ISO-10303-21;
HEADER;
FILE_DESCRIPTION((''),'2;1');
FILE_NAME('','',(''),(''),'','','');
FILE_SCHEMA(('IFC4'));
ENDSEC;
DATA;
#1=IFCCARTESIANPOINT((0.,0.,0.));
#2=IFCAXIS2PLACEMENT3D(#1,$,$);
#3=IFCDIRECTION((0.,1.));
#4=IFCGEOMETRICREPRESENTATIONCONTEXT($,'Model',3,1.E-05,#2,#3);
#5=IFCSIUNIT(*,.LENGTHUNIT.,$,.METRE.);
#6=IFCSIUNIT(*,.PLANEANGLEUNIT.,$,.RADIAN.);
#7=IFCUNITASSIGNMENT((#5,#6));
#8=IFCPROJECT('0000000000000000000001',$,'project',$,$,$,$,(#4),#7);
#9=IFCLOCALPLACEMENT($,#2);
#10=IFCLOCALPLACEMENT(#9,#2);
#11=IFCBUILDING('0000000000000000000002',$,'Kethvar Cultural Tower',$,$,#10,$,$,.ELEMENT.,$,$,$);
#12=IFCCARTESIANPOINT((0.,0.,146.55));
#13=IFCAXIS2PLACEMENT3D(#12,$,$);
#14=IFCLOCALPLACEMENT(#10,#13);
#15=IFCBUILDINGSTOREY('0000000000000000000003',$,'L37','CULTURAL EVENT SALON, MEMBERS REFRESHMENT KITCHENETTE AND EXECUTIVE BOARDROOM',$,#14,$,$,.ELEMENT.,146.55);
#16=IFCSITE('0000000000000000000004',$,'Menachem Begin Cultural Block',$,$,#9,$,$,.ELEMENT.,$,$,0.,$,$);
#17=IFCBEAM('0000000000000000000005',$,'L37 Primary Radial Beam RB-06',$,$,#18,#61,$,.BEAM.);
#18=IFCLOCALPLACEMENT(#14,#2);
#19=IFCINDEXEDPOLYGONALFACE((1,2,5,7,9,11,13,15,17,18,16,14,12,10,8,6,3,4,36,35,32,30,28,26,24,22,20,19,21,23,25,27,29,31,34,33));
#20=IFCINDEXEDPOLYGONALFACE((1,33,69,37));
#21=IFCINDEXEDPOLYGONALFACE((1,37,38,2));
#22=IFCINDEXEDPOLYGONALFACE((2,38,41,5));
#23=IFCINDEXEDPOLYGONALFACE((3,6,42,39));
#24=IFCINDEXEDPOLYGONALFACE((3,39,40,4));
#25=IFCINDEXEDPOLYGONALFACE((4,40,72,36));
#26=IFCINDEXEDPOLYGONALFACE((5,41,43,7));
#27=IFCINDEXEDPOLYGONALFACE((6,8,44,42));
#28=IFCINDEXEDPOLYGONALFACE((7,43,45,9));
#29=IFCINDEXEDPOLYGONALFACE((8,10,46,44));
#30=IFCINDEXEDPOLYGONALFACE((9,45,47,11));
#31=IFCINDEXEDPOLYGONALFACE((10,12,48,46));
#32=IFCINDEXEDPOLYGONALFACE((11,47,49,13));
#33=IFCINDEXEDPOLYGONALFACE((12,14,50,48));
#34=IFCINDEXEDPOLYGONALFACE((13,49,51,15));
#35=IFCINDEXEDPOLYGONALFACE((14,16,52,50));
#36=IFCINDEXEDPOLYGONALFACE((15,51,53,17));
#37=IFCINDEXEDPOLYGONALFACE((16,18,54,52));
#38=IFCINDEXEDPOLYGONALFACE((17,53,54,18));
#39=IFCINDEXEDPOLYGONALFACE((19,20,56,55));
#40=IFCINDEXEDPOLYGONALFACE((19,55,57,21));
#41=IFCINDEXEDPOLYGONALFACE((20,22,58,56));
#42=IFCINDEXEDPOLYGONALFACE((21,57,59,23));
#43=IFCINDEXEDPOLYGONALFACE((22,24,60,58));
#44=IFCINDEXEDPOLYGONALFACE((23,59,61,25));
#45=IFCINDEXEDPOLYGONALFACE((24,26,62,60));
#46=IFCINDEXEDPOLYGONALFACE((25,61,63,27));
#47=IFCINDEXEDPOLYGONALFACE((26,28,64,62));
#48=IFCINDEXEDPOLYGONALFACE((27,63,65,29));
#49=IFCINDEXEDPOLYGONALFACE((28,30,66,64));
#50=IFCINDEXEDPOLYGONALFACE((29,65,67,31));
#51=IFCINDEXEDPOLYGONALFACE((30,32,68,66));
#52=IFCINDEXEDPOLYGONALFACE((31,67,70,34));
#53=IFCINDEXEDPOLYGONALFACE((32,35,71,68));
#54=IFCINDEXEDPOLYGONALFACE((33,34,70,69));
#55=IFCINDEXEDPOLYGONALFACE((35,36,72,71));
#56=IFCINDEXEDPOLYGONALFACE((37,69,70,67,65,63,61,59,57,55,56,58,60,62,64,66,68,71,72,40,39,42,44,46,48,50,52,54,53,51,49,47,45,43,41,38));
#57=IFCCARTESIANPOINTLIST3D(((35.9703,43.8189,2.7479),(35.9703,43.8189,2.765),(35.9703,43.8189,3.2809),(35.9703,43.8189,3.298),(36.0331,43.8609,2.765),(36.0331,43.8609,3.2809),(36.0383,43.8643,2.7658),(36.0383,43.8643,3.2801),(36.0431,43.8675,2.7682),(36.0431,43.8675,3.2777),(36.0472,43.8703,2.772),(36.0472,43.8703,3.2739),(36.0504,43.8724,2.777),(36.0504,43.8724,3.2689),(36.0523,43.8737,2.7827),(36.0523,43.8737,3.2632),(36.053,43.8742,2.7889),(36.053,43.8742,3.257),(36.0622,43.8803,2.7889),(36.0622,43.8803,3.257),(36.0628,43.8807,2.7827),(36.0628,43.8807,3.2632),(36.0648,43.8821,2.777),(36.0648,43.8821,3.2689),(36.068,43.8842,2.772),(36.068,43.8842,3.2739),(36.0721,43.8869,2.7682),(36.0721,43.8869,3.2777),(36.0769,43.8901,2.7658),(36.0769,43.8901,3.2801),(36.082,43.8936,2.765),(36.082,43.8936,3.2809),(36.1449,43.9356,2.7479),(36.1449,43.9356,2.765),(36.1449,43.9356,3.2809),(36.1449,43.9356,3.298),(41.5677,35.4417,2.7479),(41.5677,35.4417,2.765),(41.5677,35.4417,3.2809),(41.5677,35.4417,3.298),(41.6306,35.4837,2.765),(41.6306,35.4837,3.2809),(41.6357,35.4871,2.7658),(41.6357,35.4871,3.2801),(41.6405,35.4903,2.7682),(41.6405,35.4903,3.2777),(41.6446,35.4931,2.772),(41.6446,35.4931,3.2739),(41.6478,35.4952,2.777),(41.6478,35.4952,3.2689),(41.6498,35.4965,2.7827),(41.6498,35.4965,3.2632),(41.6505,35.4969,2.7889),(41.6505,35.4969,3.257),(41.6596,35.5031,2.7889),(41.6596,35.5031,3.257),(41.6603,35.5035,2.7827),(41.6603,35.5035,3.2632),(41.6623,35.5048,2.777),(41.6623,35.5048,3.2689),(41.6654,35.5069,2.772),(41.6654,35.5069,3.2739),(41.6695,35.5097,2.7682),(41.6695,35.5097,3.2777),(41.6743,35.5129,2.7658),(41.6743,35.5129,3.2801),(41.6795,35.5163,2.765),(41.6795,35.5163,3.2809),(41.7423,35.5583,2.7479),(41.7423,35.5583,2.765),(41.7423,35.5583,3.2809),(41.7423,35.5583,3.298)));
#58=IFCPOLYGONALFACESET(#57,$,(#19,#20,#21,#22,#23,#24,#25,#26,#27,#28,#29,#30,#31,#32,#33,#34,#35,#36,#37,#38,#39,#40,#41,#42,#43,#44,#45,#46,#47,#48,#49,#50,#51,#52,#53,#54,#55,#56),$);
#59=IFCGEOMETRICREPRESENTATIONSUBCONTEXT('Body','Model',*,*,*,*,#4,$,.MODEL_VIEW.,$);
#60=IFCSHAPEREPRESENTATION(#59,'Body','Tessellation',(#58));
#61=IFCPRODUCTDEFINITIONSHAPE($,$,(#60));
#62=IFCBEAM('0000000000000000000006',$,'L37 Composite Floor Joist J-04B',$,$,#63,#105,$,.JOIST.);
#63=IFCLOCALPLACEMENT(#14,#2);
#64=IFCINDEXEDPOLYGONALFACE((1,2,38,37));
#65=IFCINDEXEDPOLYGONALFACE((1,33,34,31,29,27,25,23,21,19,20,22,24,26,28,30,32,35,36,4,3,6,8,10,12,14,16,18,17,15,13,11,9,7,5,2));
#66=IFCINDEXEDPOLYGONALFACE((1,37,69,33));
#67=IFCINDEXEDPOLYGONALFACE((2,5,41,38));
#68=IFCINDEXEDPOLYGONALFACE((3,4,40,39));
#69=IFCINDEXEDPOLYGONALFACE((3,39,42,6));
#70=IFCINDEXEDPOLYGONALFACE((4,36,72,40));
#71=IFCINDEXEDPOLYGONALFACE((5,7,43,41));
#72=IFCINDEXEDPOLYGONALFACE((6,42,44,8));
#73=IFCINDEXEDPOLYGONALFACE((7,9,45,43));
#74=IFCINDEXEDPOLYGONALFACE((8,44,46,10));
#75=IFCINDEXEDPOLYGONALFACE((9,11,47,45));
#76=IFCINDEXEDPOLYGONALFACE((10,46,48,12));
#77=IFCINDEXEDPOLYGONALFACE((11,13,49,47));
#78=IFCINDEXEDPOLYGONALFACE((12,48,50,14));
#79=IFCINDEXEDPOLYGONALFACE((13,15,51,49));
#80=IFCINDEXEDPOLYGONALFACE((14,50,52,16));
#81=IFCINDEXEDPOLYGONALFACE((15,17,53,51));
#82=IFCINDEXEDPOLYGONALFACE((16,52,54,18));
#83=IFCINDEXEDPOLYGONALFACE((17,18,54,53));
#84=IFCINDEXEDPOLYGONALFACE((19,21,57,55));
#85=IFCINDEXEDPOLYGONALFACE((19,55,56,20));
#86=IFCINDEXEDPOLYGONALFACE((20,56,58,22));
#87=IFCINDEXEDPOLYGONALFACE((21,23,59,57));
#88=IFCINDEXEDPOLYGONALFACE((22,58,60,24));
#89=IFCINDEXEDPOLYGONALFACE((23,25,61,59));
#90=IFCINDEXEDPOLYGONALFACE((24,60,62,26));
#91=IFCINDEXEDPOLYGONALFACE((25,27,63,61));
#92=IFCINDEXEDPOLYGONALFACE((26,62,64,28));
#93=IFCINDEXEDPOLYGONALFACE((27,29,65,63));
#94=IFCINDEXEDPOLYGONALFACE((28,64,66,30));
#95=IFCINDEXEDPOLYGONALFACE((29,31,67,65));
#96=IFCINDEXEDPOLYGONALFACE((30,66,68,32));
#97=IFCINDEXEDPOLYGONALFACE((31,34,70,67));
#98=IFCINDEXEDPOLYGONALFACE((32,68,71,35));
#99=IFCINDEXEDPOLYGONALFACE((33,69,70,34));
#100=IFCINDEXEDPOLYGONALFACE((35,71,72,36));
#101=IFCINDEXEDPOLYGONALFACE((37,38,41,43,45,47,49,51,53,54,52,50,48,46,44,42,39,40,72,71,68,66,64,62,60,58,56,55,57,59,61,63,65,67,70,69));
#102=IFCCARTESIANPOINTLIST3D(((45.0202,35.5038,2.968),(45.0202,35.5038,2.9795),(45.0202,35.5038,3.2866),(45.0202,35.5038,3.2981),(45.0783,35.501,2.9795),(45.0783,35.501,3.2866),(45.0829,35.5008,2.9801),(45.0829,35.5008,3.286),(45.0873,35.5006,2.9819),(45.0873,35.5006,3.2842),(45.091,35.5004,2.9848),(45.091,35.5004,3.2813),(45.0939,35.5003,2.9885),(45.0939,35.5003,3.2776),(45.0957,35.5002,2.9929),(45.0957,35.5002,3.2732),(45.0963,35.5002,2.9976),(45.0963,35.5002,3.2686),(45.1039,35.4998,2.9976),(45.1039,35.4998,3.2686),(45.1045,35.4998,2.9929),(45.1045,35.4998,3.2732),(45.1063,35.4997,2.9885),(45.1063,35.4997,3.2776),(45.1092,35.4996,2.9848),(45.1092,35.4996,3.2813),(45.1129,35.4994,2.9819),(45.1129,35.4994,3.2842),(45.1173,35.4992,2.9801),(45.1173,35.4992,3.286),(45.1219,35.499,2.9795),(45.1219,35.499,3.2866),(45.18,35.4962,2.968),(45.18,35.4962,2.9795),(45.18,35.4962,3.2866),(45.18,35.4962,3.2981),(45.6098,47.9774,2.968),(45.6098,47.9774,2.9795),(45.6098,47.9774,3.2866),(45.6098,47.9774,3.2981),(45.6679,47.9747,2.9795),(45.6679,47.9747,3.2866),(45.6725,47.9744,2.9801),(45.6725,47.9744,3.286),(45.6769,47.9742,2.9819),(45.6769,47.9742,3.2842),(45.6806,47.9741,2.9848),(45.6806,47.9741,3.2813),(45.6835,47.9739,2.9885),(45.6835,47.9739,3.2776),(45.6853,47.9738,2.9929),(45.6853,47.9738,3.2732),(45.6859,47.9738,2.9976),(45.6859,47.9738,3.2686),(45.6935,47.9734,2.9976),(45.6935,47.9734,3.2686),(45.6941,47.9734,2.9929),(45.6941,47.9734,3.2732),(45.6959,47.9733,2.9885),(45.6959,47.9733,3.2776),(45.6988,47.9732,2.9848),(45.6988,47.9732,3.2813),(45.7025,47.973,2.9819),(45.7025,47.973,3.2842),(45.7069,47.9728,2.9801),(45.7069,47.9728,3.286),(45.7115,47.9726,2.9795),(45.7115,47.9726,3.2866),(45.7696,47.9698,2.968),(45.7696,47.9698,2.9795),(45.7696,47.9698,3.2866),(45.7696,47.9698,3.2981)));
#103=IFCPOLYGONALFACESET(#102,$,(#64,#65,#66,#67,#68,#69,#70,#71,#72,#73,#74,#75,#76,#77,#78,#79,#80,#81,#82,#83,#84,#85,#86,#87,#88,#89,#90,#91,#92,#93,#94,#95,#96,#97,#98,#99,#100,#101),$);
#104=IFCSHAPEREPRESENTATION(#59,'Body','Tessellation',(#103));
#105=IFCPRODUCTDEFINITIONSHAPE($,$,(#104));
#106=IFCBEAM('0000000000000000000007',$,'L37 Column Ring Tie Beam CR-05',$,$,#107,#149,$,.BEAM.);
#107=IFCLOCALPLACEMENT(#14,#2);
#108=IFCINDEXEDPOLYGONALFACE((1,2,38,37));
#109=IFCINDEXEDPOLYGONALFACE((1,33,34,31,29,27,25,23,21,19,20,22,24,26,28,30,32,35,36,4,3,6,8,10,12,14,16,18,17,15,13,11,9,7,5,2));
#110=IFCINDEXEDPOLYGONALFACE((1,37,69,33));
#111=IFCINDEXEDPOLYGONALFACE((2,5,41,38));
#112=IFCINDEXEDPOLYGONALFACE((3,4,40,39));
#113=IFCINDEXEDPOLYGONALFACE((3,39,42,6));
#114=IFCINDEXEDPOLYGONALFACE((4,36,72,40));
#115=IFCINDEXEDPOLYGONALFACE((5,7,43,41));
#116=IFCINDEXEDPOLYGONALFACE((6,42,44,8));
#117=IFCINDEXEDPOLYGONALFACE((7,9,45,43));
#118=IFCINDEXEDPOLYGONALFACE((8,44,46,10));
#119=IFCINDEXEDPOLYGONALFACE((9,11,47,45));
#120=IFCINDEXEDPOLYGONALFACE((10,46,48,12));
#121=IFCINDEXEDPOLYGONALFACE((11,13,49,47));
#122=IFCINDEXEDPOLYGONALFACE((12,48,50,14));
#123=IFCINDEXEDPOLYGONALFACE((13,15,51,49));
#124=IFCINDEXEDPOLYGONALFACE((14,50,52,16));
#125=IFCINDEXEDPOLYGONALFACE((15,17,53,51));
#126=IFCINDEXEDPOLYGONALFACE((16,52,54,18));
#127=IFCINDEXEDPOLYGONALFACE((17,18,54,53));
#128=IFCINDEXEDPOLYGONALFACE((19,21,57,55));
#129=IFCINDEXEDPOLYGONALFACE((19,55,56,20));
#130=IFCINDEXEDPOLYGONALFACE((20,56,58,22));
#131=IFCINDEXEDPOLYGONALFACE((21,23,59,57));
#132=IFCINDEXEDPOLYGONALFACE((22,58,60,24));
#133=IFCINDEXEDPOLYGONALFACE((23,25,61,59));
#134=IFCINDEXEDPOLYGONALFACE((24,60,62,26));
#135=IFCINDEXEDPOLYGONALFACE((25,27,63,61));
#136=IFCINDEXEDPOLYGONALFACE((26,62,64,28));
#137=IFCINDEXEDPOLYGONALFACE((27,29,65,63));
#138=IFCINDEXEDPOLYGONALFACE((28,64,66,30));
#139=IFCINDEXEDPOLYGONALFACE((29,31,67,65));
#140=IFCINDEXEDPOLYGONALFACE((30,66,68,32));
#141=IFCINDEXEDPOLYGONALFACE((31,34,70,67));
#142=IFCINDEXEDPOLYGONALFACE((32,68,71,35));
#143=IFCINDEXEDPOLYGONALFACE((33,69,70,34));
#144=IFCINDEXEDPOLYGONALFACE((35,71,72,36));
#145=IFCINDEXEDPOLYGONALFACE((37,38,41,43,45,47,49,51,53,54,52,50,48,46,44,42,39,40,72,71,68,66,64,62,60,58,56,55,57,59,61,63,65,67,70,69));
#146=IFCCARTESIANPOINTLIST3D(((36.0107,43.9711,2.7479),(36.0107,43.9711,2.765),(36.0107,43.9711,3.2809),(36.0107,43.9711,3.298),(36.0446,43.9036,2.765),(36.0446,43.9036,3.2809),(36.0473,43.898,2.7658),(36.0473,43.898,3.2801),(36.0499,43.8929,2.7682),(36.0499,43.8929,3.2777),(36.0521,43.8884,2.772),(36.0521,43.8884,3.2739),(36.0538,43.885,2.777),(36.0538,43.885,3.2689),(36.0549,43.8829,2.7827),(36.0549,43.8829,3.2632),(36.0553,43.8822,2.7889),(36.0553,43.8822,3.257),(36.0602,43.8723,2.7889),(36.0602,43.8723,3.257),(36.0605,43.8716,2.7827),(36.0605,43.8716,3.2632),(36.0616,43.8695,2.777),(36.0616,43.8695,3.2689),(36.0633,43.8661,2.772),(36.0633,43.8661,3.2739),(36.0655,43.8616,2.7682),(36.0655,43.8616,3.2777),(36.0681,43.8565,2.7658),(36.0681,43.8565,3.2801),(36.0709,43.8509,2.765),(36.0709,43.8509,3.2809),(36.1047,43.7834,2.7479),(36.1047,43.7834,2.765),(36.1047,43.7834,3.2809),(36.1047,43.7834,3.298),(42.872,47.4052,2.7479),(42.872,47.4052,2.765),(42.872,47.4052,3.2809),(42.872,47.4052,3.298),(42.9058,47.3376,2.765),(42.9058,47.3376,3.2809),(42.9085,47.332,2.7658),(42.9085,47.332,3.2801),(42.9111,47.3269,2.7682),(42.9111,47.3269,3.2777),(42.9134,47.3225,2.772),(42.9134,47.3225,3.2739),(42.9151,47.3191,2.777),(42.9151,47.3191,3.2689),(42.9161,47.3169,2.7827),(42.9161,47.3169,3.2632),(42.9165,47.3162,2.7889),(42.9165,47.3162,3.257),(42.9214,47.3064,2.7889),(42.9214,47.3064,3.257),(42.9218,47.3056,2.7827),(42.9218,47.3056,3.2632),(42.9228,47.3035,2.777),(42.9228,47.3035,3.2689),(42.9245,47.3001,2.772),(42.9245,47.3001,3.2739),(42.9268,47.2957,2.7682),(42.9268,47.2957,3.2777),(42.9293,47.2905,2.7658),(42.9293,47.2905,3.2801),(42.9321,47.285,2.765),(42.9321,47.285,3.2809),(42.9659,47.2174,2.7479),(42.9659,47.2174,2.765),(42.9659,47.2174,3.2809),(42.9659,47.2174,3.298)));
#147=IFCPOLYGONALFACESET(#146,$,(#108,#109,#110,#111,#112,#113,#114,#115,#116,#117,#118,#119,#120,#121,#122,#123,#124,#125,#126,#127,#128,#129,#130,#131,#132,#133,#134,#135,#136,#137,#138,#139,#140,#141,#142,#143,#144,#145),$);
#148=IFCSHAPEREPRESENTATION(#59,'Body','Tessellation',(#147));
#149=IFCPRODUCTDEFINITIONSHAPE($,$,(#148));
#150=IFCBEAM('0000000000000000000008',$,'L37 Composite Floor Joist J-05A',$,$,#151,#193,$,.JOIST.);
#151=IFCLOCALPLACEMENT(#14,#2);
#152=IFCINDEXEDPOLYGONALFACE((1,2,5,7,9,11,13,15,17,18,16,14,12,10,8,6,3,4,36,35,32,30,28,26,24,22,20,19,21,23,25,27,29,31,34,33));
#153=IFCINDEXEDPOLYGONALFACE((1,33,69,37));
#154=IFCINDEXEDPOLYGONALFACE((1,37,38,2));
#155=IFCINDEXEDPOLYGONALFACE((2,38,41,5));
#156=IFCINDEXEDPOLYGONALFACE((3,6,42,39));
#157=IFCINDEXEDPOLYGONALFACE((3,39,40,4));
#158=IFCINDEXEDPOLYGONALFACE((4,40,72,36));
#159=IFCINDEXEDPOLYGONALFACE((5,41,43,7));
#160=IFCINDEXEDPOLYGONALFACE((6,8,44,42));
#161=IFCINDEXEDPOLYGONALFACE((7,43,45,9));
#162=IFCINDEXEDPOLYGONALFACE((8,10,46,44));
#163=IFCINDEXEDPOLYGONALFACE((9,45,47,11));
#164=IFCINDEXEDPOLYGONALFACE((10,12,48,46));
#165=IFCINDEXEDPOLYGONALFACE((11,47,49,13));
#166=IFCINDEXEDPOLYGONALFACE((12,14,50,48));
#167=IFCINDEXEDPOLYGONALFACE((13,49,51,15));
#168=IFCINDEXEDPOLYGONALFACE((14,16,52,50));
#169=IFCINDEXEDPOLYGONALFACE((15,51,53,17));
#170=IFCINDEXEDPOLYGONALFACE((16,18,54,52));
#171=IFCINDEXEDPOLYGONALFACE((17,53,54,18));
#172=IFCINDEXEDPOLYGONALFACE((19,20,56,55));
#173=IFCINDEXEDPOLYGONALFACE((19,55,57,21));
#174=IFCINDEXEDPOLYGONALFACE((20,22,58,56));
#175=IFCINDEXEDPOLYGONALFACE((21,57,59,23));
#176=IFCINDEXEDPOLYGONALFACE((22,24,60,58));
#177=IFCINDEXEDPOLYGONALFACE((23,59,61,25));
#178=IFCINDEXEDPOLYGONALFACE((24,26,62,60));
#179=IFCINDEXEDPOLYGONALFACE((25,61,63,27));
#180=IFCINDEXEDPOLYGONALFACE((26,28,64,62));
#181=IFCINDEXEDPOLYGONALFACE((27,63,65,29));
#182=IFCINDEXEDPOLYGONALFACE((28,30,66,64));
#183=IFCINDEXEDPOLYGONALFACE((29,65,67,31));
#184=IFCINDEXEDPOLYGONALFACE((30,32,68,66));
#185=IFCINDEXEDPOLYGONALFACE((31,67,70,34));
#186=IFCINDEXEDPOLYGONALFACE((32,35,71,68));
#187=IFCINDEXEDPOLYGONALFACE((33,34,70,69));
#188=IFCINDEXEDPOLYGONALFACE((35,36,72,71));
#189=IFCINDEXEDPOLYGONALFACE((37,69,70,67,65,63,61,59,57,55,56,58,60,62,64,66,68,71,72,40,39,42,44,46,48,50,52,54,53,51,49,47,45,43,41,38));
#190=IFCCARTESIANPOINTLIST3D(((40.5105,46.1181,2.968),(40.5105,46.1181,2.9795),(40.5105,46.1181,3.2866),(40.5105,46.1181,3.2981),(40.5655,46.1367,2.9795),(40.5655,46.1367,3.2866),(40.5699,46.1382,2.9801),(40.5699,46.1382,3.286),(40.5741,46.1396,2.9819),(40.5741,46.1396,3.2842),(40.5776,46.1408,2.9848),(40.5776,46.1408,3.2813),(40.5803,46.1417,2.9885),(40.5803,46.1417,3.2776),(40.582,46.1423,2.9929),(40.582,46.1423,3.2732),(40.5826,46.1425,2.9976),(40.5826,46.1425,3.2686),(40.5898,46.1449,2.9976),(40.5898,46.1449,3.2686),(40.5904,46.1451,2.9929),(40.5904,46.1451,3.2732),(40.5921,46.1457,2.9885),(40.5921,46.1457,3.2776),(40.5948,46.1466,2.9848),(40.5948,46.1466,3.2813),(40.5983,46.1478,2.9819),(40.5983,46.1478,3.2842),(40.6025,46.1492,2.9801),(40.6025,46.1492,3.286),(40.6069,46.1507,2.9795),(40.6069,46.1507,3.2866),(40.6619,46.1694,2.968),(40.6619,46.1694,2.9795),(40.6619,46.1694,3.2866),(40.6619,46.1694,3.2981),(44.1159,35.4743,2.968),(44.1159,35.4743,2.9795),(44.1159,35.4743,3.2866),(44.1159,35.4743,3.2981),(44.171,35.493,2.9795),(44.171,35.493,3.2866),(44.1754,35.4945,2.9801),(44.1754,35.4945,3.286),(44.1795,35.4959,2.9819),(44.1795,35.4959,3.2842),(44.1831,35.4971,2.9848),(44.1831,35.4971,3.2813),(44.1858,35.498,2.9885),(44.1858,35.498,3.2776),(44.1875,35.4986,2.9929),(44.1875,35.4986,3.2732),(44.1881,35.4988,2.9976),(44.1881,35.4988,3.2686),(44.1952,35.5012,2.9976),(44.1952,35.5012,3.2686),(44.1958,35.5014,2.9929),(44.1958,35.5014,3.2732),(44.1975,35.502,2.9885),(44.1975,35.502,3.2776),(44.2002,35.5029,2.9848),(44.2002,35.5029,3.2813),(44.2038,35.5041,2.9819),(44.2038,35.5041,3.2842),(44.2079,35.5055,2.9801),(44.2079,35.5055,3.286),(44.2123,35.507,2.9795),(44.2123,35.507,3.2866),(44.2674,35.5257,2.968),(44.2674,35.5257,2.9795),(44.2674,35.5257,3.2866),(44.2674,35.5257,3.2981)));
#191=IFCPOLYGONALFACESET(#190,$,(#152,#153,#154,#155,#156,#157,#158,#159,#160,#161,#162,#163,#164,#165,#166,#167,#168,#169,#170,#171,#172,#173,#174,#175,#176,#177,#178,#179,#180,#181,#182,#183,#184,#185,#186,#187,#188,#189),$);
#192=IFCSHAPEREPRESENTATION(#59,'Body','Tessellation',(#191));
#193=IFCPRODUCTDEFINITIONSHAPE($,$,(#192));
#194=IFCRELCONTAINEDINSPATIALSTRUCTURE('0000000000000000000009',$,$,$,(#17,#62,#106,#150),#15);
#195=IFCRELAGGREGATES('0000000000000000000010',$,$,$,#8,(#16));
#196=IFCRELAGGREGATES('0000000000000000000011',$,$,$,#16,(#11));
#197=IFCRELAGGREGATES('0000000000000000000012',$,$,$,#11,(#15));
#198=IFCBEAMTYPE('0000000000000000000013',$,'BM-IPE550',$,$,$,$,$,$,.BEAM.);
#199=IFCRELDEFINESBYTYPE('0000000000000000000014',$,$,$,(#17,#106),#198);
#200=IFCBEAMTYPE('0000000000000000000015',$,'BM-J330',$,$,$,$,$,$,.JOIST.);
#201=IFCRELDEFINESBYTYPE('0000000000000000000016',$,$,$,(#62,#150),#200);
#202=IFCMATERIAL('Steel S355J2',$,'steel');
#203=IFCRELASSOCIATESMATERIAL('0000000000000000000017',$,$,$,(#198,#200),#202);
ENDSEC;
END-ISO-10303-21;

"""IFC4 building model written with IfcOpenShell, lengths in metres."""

from ifc_helpers import new_model, si_unit, direction, frame, origin, origin_2d, place, context, subcontext, project, spatial, i_section, extrude, source, transform, mapped, material, material_profile, profile_set, type_object, element, save


model = new_model("IFC4")

# Units and contexts
model_context = context("Model", 3, precision=1e-05, world=origin(), true_north=direction((0.0, 1.0)))
body_context = subcontext(model_context, "Body", "Model", "MODEL_VIEW")
ifc_project = project(units=[si_unit("LENGTHUNIT", "METRE"), si_unit("PLANEANGLEUNIT", "RADIAN")], contexts=[model_context])

# Site, building, storey
site_placement = place(None, origin())
site = spatial("IfcSite", under=ifc_project, at=site_placement, Name="Menachem Begin Cultural Block", CompositionType="ELEMENT", RefElevation=0.0)
building_placement = place(site_placement, origin())
building = spatial("IfcBuilding", under=site, at=building_placement, Name="Kethvar Cultural Tower", CompositionType="ELEMENT")
storey_placement = place(building_placement, frame((0.0, 0.0, 146.55)))
storey = spatial("IfcBuildingStorey", under=building, at=storey_placement, Name="L37", Description="CULTURAL EVENT SALON, MEMBERS REFRESHMENT KITCHENETTE AND EXECUTIVE BOARDROOM", CompositionType="ELEMENT", Elevation=146.55)

# Beams
ifc_material_1 = material(Name="Steel S355J2", Category="steel")
ifc_material_profile_1 = material_profile(ifc_material_1, i_section(OverallWidth=0.21, OverallDepth=0.55, WebThickness=0.011, FlangeThickness=0.0171, FilletRadius=0.0239, at=origin_2d()), Name="Steel S355J2 — IPE550")
ifc_profile_set_1 = profile_set([ifc_material_profile_1], Name="Steel S355J2 — IPE550")
beam_type_1 = type_object("IfcBeamType", Name="BM-IPE550", PredefinedType="BEAM", material=ifc_profile_set_1)
shared_shape_1 = source(origin(), body_context, "Body", "SweptSolid", [
    extrude(i_section(OverallWidth=0.21, OverallDepth=0.55, WebThickness=0.011, FlangeThickness=0.0171, FilletRadius=0.0239, at=origin_2d()), origin(), (0.0, 0.0, 1.0), 10.0752),
])
beam_1_placement = place(storey_placement, frame((41.655, 35.5, 3.0229), z_axis=(-0.555567, 0.831472, 0.0), x_axis=(-0.831472, -0.555567, 0.0)))
element("IfcBeam", 1, at=beam_1_placement, inside=storey, type_object=beam_type_1, Name="L37 Primary Radial Beam RB-06", PredefinedType="BEAM", context=body_context, shape_type="MappedRepresentation", body=[
    mapped(shared_shape_1, transform((0.0, 0.0, 0.0), scale=1.0)),
])
ifc_material_profile_2 = material_profile(ifc_material_1, i_section(OverallWidth=0.1599, OverallDepth=0.3301, WebThickness=0.0076, FlangeThickness=0.0115, FilletRadius=0.0181, at=origin_2d()), Name="Steel S355J2 — IPE330")
ifc_profile_set_2 = profile_set([ifc_material_profile_2], Name="Steel S355J2 — IPE330")
beam_type_2 = type_object("IfcBeamType", Name="BM-J330", PredefinedType="JOIST", material=ifc_profile_set_2)
shared_shape_2 = source(origin(), body_context, "Body", "SweptSolid", [
    extrude(i_section(OverallWidth=0.1599, OverallDepth=0.3301, WebThickness=0.0076, FlangeThickness=0.0115, FilletRadius=0.0181, at=origin_2d()), origin(), (0.0, 0.0, 1.0), 12.4875),
])
beam_2_placement = place(storey_placement, frame((45.1001, 35.5, 3.1331), z_axis=(0.047215, 0.998885, 0.0), x_axis=(-0.998885, 0.047215, 0.0)))
element("IfcBeam", 2, at=beam_2_placement, inside=storey, type_object=beam_type_2, Name="L37 Composite Floor Joist J-04B", PredefinedType="JOIST", context=body_context, shape_type="MappedRepresentation", body=[
    mapped(shared_shape_2, transform((0.0, 0.0, 0.0), scale=1.0)),
])
shared_shape_3 = source(origin(), body_context, "Body", "SweptSolid", [
    extrude(i_section(OverallWidth=0.21, OverallDepth=0.55, WebThickness=0.011, FlangeThickness=0.0171, FilletRadius=0.0239, at=origin_2d()), origin(), (0.0, 0.0, 1.0), 7.6726),
])
beam_3_placement = place(storey_placement, frame((42.9189, 47.3113, 3.0229), z_axis=(-0.894249, -0.44757, 0.0), x_axis=(0.44757, -0.894249, 0.0)))
element("IfcBeam", 3, at=beam_3_placement, inside=storey, type_object=beam_type_1, Name="L37 Column Ring Tie Beam CR-05", PredefinedType="BEAM", context=body_context, shape_type="MappedRepresentation", body=[
    mapped(shared_shape_3, transform((0.0, 0.0, 0.0), scale=1.0)),
])
shared_shape_4 = source(origin(), body_context, "Body", "SweptSolid", [
    extrude(i_section(OverallWidth=0.1599, OverallDepth=0.3301, WebThickness=0.0076, FlangeThickness=0.0115, FilletRadius=0.0181, at=origin_2d()), origin(), (0.0, 0.0, 1.0), 11.2378),
])
beam_4_placement = place(storey_placement, frame((44.1917, 35.5, 3.1331), z_axis=(-0.320832, 0.947136, 0.0), x_axis=(-0.947136, -0.320832, 0.0)))
element("IfcBeam", 4, at=beam_4_placement, inside=storey, type_object=beam_type_2, Name="L37 Composite Floor Joist J-05A", PredefinedType="JOIST", context=body_context, shape_type="MappedRepresentation", body=[
    mapped(shared_shape_4, transform((0.0, 0.0, 0.0), scale=1.0)),
])

save(model, "model.ifc")
